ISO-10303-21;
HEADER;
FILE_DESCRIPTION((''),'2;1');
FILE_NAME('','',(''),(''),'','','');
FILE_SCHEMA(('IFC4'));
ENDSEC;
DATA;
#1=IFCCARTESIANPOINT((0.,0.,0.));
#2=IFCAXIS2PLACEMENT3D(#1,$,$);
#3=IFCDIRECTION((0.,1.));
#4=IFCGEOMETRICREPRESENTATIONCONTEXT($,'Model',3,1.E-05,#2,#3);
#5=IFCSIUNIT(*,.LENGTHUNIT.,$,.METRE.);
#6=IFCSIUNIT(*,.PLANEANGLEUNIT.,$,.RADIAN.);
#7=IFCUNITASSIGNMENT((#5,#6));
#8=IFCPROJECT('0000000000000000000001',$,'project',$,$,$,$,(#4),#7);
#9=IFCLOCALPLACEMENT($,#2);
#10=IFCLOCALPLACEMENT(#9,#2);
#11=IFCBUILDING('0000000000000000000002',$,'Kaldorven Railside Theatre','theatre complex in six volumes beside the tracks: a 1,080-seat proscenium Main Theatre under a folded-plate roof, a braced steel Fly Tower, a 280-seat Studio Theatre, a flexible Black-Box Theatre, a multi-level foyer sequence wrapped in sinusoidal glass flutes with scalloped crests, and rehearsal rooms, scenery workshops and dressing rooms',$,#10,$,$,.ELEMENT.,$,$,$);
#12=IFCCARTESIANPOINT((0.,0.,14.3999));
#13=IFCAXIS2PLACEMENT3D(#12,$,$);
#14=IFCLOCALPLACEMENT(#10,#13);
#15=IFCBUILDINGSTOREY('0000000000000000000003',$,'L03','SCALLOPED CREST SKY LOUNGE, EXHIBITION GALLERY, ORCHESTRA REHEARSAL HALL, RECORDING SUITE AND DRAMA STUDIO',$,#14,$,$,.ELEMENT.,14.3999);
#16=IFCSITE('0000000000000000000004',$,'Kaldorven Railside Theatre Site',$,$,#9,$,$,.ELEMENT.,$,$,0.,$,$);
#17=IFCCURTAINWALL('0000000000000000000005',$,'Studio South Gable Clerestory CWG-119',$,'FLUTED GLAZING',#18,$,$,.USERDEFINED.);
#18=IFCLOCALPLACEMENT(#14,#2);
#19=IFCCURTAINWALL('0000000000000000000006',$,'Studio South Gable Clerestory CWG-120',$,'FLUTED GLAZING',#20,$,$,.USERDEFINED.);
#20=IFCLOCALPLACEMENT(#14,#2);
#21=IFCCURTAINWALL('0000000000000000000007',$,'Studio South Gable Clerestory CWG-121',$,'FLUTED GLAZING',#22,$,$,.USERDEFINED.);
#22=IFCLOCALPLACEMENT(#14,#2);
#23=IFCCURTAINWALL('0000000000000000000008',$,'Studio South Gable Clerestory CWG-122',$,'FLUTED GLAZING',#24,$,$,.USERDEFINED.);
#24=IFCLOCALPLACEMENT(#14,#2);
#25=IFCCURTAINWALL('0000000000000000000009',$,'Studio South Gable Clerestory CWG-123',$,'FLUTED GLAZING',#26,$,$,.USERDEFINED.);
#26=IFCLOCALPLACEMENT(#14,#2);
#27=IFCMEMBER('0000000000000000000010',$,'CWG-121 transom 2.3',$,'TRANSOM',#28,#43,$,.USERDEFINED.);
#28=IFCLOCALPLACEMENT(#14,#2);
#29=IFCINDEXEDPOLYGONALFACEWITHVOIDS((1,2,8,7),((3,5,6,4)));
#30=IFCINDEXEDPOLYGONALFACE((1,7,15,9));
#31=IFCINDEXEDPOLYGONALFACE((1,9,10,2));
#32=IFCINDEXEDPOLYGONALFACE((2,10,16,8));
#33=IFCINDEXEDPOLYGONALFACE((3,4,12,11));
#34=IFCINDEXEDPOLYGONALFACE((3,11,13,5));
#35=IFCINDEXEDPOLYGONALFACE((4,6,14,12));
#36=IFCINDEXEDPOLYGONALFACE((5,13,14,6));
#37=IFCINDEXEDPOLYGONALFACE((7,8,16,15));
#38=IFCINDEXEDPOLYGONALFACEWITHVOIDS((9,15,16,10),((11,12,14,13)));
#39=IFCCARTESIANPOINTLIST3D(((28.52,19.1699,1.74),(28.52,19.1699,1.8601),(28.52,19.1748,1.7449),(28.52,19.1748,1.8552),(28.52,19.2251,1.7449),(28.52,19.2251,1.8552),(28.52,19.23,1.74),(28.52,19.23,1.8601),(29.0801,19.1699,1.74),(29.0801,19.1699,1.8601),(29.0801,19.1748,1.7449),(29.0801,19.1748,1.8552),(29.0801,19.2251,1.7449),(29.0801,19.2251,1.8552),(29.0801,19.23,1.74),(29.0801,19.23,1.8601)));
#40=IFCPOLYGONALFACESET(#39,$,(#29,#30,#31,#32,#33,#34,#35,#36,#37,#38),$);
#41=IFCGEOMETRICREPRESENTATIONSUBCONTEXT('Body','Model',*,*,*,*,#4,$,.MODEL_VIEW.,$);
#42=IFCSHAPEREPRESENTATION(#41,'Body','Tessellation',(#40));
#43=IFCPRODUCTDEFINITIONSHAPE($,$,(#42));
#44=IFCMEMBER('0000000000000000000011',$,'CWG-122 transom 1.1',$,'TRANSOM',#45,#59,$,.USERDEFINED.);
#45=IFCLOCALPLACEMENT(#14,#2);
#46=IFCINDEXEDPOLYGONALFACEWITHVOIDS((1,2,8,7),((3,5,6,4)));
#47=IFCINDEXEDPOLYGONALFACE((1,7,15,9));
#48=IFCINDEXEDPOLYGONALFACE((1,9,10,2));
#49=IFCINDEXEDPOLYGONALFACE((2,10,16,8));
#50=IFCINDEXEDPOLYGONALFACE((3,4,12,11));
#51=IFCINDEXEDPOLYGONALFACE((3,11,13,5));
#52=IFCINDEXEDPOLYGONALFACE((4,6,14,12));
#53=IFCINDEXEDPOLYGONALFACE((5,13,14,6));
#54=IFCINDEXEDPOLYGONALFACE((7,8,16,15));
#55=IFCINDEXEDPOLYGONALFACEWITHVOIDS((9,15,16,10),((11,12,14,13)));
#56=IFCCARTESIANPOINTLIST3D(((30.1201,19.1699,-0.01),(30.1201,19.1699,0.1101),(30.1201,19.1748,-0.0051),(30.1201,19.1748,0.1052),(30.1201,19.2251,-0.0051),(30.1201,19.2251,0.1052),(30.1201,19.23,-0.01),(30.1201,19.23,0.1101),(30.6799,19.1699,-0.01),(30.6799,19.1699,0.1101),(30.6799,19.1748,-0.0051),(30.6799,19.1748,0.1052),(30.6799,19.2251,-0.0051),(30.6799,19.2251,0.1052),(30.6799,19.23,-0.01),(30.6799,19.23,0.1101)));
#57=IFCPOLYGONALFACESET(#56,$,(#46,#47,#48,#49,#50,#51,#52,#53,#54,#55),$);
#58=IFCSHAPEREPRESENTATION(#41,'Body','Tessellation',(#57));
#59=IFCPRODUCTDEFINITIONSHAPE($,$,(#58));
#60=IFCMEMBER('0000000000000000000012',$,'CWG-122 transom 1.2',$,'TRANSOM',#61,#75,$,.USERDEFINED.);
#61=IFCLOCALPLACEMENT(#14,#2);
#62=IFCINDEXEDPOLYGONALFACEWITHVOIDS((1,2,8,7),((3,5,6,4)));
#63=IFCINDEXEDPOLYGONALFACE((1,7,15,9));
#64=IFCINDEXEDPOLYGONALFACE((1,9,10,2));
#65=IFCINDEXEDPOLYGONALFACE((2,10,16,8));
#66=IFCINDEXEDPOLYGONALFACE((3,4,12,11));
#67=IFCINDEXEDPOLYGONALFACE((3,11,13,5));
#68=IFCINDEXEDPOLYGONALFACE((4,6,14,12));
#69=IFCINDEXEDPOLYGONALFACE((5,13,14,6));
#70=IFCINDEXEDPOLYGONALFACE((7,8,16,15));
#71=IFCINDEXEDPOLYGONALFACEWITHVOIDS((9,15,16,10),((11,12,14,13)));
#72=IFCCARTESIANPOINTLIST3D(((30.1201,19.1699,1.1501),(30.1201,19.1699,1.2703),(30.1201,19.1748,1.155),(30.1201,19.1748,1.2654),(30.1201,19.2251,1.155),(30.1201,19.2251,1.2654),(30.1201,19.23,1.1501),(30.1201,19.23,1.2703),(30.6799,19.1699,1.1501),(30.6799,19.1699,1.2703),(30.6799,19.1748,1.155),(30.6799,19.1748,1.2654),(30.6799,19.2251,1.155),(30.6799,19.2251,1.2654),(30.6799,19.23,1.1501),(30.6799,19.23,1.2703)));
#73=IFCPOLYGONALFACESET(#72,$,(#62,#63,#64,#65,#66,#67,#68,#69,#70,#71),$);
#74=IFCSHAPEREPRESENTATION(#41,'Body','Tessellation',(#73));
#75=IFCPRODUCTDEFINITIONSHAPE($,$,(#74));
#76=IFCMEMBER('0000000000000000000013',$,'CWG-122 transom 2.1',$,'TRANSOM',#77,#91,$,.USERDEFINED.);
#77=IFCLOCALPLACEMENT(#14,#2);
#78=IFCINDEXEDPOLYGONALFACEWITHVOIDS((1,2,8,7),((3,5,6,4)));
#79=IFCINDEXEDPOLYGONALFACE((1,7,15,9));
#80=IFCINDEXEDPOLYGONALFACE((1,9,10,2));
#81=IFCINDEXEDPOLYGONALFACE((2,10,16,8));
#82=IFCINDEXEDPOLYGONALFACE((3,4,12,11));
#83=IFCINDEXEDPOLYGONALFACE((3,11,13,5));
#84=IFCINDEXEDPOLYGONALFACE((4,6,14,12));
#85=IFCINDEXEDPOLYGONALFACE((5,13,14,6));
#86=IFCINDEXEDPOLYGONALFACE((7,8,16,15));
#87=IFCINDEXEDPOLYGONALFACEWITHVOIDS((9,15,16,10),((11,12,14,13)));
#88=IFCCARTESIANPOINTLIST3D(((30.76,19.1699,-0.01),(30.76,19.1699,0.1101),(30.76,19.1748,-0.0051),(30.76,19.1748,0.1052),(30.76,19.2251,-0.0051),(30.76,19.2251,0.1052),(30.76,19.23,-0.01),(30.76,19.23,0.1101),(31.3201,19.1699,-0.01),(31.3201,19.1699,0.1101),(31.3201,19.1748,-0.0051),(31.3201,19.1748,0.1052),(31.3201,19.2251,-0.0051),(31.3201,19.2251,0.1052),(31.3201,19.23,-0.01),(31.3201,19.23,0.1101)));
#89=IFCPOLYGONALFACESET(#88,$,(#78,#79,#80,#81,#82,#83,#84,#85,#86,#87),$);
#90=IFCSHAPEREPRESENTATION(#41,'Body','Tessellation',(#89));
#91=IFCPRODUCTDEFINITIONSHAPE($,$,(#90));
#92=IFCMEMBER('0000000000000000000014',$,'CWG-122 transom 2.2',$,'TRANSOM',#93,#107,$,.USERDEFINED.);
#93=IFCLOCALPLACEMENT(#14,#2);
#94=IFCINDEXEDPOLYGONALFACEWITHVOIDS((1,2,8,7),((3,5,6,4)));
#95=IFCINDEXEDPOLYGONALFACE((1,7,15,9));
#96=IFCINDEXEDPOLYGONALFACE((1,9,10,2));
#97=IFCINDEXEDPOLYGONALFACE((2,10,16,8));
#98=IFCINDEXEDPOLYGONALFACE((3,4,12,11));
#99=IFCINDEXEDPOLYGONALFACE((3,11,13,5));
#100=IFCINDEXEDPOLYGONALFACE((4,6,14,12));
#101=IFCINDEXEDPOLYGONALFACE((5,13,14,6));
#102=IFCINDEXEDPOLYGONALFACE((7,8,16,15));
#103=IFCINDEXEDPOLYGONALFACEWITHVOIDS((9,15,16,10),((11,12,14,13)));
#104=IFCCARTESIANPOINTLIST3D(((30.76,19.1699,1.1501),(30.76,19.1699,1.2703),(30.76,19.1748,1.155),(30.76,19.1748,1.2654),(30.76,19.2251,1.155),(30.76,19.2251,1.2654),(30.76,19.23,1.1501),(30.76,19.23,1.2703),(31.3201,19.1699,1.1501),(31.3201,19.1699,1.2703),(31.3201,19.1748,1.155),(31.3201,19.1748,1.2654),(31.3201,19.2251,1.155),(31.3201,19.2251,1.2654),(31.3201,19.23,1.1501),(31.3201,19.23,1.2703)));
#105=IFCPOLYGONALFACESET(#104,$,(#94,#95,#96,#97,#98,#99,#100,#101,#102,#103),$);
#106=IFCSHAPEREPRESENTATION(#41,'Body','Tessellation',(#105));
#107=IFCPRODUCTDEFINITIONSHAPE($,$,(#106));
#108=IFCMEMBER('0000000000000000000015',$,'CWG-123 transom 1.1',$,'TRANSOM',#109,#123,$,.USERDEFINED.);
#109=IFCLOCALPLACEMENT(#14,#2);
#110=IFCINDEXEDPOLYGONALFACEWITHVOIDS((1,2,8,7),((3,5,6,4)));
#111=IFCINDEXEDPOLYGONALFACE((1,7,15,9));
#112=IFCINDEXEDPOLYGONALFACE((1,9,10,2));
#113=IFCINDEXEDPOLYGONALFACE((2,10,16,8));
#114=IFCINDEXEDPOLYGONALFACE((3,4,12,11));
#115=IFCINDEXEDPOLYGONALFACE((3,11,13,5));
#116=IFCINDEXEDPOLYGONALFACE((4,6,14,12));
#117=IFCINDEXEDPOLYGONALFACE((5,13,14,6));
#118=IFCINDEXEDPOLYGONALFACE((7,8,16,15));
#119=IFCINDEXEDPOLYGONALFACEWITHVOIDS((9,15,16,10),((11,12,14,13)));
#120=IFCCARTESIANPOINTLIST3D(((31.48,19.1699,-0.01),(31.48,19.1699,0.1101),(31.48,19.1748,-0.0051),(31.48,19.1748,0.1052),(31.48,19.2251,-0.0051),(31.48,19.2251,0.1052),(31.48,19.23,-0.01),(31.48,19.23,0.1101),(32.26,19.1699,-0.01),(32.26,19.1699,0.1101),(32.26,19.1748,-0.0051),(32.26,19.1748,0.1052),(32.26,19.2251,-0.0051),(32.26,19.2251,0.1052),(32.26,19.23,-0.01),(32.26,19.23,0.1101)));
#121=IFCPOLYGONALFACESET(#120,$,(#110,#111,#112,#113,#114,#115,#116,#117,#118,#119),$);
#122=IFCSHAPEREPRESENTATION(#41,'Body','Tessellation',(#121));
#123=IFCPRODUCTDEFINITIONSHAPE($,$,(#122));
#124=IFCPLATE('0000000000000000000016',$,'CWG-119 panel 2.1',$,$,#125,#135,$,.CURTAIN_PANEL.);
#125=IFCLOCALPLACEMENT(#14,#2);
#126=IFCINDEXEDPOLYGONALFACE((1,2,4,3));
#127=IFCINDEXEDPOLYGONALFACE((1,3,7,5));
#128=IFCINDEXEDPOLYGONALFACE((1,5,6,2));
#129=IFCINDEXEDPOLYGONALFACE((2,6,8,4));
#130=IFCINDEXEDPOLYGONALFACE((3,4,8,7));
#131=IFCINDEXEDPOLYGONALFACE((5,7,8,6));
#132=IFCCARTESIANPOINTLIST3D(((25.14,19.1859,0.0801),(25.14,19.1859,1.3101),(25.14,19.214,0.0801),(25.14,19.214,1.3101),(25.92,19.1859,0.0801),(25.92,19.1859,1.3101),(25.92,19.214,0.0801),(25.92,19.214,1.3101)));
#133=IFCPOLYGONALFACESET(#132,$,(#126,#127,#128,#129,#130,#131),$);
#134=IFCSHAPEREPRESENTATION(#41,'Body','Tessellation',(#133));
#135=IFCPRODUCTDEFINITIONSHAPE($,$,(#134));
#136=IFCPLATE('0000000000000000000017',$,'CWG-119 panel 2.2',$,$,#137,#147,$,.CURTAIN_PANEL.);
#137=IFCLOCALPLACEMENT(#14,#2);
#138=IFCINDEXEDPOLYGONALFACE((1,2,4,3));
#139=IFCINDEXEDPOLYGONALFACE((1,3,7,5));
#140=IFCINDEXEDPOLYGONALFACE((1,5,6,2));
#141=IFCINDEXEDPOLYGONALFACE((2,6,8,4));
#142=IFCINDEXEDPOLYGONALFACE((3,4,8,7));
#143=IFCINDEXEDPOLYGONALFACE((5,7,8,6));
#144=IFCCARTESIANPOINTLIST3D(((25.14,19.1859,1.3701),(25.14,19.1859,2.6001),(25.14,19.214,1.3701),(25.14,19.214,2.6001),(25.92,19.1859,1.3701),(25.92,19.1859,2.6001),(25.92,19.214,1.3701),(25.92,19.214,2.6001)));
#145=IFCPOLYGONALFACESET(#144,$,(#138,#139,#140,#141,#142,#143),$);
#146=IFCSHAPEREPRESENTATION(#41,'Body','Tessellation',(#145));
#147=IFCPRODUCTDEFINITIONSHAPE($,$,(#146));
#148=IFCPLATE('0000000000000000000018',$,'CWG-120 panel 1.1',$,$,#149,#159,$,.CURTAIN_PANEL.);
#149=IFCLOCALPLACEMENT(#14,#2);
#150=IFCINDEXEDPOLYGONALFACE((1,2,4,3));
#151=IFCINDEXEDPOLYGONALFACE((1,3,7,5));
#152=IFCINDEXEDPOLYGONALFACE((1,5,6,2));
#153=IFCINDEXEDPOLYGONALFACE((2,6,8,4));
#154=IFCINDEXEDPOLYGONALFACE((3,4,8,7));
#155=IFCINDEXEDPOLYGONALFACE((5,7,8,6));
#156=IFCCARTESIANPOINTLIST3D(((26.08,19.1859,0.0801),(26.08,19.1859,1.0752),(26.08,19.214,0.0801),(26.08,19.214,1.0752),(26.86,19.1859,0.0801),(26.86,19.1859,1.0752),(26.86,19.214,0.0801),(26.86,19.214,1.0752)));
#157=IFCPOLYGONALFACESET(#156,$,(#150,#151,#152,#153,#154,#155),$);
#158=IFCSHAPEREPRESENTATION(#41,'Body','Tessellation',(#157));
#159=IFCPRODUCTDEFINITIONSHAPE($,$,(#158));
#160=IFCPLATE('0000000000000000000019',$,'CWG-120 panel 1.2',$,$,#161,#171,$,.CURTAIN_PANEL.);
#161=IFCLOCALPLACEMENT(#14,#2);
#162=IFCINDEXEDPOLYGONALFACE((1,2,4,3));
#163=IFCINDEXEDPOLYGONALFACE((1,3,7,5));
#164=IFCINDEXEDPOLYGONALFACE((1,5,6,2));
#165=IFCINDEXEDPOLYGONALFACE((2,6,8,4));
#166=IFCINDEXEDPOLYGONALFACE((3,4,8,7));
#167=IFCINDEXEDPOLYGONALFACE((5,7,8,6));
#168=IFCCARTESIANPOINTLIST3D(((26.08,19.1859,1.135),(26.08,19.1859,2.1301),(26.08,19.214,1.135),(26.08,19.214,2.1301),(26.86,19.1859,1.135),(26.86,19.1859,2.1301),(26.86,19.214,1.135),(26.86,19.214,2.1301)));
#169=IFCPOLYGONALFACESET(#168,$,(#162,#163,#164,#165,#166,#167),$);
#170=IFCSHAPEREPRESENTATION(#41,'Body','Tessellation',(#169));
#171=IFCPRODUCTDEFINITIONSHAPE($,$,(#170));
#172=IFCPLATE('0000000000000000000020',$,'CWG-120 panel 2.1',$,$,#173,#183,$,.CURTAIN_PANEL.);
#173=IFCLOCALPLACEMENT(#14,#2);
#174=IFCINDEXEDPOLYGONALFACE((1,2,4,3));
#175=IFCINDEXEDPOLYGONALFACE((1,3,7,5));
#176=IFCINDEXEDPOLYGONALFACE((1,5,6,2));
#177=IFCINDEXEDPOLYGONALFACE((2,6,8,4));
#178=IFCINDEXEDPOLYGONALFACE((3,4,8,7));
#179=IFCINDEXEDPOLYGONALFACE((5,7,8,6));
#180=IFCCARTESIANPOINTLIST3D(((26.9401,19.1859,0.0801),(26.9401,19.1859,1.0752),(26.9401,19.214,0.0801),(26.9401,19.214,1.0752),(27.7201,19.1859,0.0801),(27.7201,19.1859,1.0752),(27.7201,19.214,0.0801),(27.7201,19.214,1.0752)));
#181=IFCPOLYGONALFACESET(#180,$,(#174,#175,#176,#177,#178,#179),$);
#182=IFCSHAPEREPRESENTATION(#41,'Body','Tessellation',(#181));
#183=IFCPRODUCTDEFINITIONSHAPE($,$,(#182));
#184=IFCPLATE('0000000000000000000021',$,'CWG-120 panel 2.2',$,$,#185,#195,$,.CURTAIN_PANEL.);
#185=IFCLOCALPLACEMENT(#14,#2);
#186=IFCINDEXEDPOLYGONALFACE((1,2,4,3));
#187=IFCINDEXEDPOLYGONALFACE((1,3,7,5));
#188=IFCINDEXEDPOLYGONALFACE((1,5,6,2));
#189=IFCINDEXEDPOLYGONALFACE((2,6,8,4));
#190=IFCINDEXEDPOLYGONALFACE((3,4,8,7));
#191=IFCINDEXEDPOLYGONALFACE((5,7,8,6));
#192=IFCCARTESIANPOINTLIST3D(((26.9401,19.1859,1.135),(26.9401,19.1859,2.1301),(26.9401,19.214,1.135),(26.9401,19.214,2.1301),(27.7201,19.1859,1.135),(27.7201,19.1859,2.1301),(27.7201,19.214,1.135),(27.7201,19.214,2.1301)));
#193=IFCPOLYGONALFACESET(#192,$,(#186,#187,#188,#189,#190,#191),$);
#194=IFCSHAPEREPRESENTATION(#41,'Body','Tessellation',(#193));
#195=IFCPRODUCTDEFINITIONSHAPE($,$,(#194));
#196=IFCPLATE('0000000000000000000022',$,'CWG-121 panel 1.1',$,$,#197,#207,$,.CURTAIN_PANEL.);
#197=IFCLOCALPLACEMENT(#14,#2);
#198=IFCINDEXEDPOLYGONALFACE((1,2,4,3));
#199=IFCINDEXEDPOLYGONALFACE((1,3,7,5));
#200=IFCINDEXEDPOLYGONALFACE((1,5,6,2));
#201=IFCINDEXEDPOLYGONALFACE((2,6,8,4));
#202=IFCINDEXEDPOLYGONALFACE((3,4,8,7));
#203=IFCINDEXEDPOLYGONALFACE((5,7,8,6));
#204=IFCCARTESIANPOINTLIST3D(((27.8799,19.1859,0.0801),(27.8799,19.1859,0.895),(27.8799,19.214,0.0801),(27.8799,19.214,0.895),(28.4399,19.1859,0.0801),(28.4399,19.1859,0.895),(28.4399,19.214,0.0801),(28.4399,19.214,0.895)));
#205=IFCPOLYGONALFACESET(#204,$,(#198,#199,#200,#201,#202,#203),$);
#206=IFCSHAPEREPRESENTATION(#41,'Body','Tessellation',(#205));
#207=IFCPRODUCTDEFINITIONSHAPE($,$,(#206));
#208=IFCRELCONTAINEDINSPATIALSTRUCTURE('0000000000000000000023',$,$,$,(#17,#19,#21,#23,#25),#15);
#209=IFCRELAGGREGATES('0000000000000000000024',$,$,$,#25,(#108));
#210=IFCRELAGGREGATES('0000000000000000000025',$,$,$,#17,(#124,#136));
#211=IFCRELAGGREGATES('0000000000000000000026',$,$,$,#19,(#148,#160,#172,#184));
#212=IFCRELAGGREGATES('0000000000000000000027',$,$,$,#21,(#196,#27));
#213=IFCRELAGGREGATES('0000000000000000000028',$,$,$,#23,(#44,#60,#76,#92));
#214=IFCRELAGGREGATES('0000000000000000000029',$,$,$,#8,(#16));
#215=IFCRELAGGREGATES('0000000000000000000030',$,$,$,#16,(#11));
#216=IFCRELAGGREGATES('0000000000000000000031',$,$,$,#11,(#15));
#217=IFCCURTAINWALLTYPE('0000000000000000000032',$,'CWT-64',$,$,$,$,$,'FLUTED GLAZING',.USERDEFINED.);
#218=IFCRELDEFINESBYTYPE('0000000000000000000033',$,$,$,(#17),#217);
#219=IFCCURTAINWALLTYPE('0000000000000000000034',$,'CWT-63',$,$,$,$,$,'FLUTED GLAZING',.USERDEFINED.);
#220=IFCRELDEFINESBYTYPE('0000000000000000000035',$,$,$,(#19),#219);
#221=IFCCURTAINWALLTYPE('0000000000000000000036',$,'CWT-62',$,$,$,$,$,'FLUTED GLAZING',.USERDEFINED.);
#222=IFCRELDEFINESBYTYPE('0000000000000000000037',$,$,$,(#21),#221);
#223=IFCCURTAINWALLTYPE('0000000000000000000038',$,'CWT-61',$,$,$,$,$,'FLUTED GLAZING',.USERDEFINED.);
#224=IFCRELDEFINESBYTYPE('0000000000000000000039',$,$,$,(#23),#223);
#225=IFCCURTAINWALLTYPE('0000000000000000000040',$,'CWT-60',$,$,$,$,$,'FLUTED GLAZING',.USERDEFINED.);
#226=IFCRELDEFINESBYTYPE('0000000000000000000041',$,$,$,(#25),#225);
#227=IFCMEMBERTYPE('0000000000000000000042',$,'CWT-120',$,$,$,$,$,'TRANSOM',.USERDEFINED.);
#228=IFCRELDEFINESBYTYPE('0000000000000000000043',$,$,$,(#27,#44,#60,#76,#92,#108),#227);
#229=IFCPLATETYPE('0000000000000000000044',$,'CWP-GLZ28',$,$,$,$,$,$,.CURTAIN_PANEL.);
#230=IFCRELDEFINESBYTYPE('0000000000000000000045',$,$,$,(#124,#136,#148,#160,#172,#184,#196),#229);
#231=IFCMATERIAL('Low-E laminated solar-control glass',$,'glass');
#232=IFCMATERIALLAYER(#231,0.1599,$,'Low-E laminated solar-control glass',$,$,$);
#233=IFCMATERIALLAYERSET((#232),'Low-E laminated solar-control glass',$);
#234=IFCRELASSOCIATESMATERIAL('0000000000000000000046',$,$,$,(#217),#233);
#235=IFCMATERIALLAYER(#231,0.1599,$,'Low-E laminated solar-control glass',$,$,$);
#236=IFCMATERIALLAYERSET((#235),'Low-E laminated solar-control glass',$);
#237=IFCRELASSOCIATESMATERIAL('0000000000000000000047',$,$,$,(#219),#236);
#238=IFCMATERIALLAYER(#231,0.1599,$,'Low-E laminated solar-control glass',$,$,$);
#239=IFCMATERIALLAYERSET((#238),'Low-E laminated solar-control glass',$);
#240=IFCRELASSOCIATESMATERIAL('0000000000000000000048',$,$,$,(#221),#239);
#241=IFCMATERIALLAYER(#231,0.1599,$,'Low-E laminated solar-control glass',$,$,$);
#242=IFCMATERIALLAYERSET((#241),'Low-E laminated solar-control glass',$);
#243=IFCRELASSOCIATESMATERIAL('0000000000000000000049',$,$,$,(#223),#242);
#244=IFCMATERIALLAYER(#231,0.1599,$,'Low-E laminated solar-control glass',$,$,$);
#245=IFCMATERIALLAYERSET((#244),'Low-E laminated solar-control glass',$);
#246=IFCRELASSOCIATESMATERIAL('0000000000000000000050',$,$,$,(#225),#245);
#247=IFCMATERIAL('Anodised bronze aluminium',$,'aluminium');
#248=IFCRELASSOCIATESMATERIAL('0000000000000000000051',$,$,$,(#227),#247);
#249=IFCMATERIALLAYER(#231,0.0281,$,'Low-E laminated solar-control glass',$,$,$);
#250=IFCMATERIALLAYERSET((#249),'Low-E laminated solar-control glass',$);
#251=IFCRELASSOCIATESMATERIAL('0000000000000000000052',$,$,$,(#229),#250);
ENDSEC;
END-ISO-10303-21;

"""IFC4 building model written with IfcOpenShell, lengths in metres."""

from ifc_helpers import new_model, si_unit, direction, frame, origin, origin_2d, place, context, subcontext, project, spatial, rectangle, hollow_rectangle, extrude, material, layer, layer_set, material_profile, profile_set, type_object, element, aggregate, save


model = new_model("IFC4")

# Units and contexts
model_context = context("Model", 3, precision=1e-05, world=origin(), true_north=direction((0.0, 1.0)))
body_context = subcontext(model_context, "Body", "Model", "MODEL_VIEW")
ifc_project = project(units=[si_unit("LENGTHUNIT", "METRE"), si_unit("PLANEANGLEUNIT", "RADIAN")], contexts=[model_context])

# Site, building, storey
site_placement = place(None, origin())
site = spatial("IfcSite", under=ifc_project, at=site_placement, Name="Kaldorven Railside Theatre Site", CompositionType="ELEMENT", RefElevation=0.0)
building_placement = place(site_placement, origin())
building = spatial("IfcBuilding", under=site, at=building_placement, Name="Kaldorven Railside Theatre", Description="theatre complex in six volumes beside the tracks: a 1,080-seat proscenium Main Theatre under a folded-plate roof, a braced steel Fly Tower, a 280-seat Studio Theatre, a flexible Black-Box Theatre, a multi-level foyer sequence wrapped in sinusoidal glass flutes with scalloped crests, and rehearsal rooms, scenery workshops and dressing rooms", CompositionType="ELEMENT")
storey_placement = place(building_placement, frame((0.0, 0.0, 14.3999)))
storey = spatial("IfcBuildingStorey", under=building, at=storey_placement, Name="L03", Description="SCALLOPED CREST SKY LOUNGE, EXHIBITION GALLERY, ORCHESTRA REHEARSAL HALL, RECORDING SUITE AND DRAMA STUDIO", CompositionType="ELEMENT", Elevation=14.3999)

# Curtain wall
ifc_material_1 = material(Name="Low-E laminated solar-control glass", Category="glass")
ifc_layer_1 = layer(ifc_material_1, 0.1599, Name="Low-E laminated solar-control glass")
ifc_layer_set_1 = layer_set([ifc_layer_1], Name="Low-E laminated solar-control glass")
curtain_wall_type_1 = type_object("IfcCurtainWallType", Name="CWT-64", ElementType="FLUTED GLAZING", PredefinedType="USERDEFINED", material=ifc_layer_set_1)
curtain_wall_1_placement = place(storey_placement, origin())
curtain_wall_1 = element("IfcCurtainWall", 1, at=curtain_wall_1_placement, inside=storey, type_object=curtain_wall_type_1, Name="Studio South Gable Clerestory CWG-119", ObjectType="FLUTED GLAZING", PredefinedType="USERDEFINED")
ifc_material_2 = material(Name="Anodised bronze aluminium", Category="aluminium")

# Curtain walls
ifc_layer_2 = layer(ifc_material_1, 0.1599, Name="Low-E laminated solar-control glass")
ifc_layer_set_2 = layer_set([ifc_layer_2], Name="Low-E laminated solar-control glass")
curtain_wall_type_2 = type_object("IfcCurtainWallType", Name="CWT-63", ElementType="FLUTED GLAZING", PredefinedType="USERDEFINED", material=ifc_layer_set_2)
curtain_wall_2_placement = place(storey_placement, origin())
curtain_wall_2 = element("IfcCurtainWall", 2, at=curtain_wall_2_placement, inside=storey, type_object=curtain_wall_type_2, Name="Studio South Gable Clerestory CWG-120", ObjectType="FLUTED GLAZING", PredefinedType="USERDEFINED")
ifc_layer_3 = layer(ifc_material_1, 0.1599, Name="Low-E laminated solar-control glass")
ifc_layer_set_3 = layer_set([ifc_layer_3], Name="Low-E laminated solar-control glass")
curtain_wall_type_3 = type_object("IfcCurtainWallType", Name="CWT-62", ElementType="FLUTED GLAZING", PredefinedType="USERDEFINED", material=ifc_layer_set_3)
curtain_wall_3_placement = place(storey_placement, origin())
curtain_wall_3 = element("IfcCurtainWall", 3, at=curtain_wall_3_placement, inside=storey, type_object=curtain_wall_type_3, Name="Studio South Gable Clerestory CWG-121", ObjectType="FLUTED GLAZING", PredefinedType="USERDEFINED")
ifc_layer_4 = layer(ifc_material_1, 0.1599, Name="Low-E laminated solar-control glass")
ifc_layer_set_4 = layer_set([ifc_layer_4], Name="Low-E laminated solar-control glass")
curtain_wall_type_4 = type_object("IfcCurtainWallType", Name="CWT-61", ElementType="FLUTED GLAZING", PredefinedType="USERDEFINED", material=ifc_layer_set_4)
curtain_wall_4_placement = place(storey_placement, origin())
curtain_wall_4 = element("IfcCurtainWall", 4, at=curtain_wall_4_placement, inside=storey, type_object=curtain_wall_type_4, Name="Studio South Gable Clerestory CWG-122", ObjectType="FLUTED GLAZING", PredefinedType="USERDEFINED")

# Curtain wall
ifc_layer_5 = layer(ifc_material_1, 0.1599, Name="Low-E laminated solar-control glass")
ifc_layer_set_5 = layer_set([ifc_layer_5], Name="Low-E laminated solar-control glass")
curtain_wall_type_5 = type_object("IfcCurtainWallType", Name="CWT-60", ElementType="FLUTED GLAZING", PredefinedType="USERDEFINED", material=ifc_layer_set_5)
curtain_wall_5_placement = place(storey_placement, origin())
curtain_wall_5 = element("IfcCurtainWall", 5, at=curtain_wall_5_placement, inside=storey, type_object=curtain_wall_type_5, Name="Studio South Gable Clerestory CWG-123", ObjectType="FLUTED GLAZING", PredefinedType="USERDEFINED")

# Members
ifc_material_profile_1 = material_profile(ifc_material_2, hollow_rectangle(XDim=0.0601, YDim=0.1201, WallThickness=0.0049, at=origin_2d()), Name="RHS 120x60x5")
ifc_profile_set_1 = profile_set([ifc_material_profile_1], Name="Anodised bronze aluminium")
member_type_1 = type_object("IfcMemberType", Name="CWT-120", ElementType="TRANSOM", PredefinedType="USERDEFINED", material=ifc_profile_set_1)
member_1_placement = place(storey_placement, frame((28.52, 19.2, 1.8), z_axis=(1.0, 0.0, 0.0), x_axis=(0.0, 1.0, 0.0)))
member_1 = element("IfcMember", 6, at=member_1_placement, type_object=member_type_1, Name="CWG-121 transom 2.3", ObjectType="TRANSOM", PredefinedType="USERDEFINED", context=body_context, shape_type="SweptSolid", body=[
    extrude(hollow_rectangle(XDim=0.0601, YDim=0.1201, WallThickness=0.0049, at=origin_2d()), origin(), (0.0, 0.0, 1.0), 0.5601),
])
member_2_placement = place(storey_placement, frame((30.1201, 19.2, 0.05), z_axis=(1.0, 0.0, 0.0), x_axis=(0.0, 1.0, 0.0)))
member_2 = element("IfcMember", 7, at=member_2_placement, type_object=member_type_1, Name="CWG-122 transom 1.1", ObjectType="TRANSOM", PredefinedType="USERDEFINED", context=body_context, shape_type="SweptSolid", body=[
    extrude(hollow_rectangle(XDim=0.0601, YDim=0.1201, WallThickness=0.0049, at=origin_2d()), origin(), (0.0, 0.0, 1.0), 0.5598),
])
member_3_placement = place(storey_placement, frame((30.1201, 19.2, 1.2102), z_axis=(1.0, 0.0, 0.0), x_axis=(0.0, 1.0, 0.0)))
member_3 = element("IfcMember", 8, at=member_3_placement, type_object=member_type_1, Name="CWG-122 transom 1.2", ObjectType="TRANSOM", PredefinedType="USERDEFINED", context=body_context, shape_type="SweptSolid", body=[
    extrude(hollow_rectangle(XDim=0.0601, YDim=0.1201, WallThickness=0.0049, at=origin_2d()), origin(), (0.0, 0.0, 1.0), 0.5598),
])
member_4_placement = place(storey_placement, frame((30.76, 19.2, 0.05), z_axis=(1.0, 0.0, 0.0), x_axis=(0.0, 1.0, 0.0)))
member_4 = element("IfcMember", 9, at=member_4_placement, type_object=member_type_1, Name="CWG-122 transom 2.1", ObjectType="TRANSOM", PredefinedType="USERDEFINED", context=body_context, shape_type="SweptSolid", body=[
    extrude(hollow_rectangle(XDim=0.0601, YDim=0.1201, WallThickness=0.0049, at=origin_2d()), origin(), (0.0, 0.0, 1.0), 0.5601),
])
member_5_placement = place(storey_placement, frame((30.76, 19.2, 1.2102), z_axis=(1.0, 0.0, 0.0), x_axis=(0.0, 1.0, 0.0)))
member_5 = element("IfcMember", 10, at=member_5_placement, type_object=member_type_1, Name="CWG-122 transom 2.2", ObjectType="TRANSOM", PredefinedType="USERDEFINED", context=body_context, shape_type="SweptSolid", body=[
    extrude(hollow_rectangle(XDim=0.0601, YDim=0.1201, WallThickness=0.0049, at=origin_2d()), origin(), (0.0, 0.0, 1.0), 0.5601),
])
member_6_placement = place(storey_placement, frame((31.48, 19.2, 0.05), z_axis=(1.0, 0.0, 0.0), x_axis=(0.0, 1.0, 0.0)))
member_6 = element("IfcMember", 11, at=member_6_placement, type_object=member_type_1, Name="CWG-123 transom 1.1", ObjectType="TRANSOM", PredefinedType="USERDEFINED", context=body_context, shape_type="SweptSolid", body=[
    extrude(hollow_rectangle(XDim=0.0601, YDim=0.1201, WallThickness=0.0049, at=origin_2d()), origin(), (0.0, 0.0, 1.0), 0.78),
])
aggregate(curtain_wall_5, [member_6])

# Plates
ifc_layer_6 = layer(ifc_material_1, 0.0281, Name="Low-E laminated solar-control glass")
ifc_layer_set_6 = layer_set([ifc_layer_6], Name="Low-E laminated solar-control glass")
plate_type = type_object("IfcPlateType", Name="CWP-GLZ28", PredefinedType="CURTAIN_PANEL", material=ifc_layer_set_6)
plate_1_placement = place(storey_placement, frame((25.53, 19.2, 0.0801), z_axis=(0.0, 0.0, 1.0), x_axis=(1.0, 0.0, 0.0)))
plate_1 = element("IfcPlate", 12, at=plate_1_placement, type_object=plate_type, Name="CWG-119 panel 2.1", PredefinedType="CURTAIN_PANEL", context=body_context, shape_type="SweptSolid", body=[
    extrude(rectangle(XDim=0.78, YDim=0.0281, at=origin_2d()), origin(), (0.0, 0.0, 1.0), 1.23),
])
plate_2_placement = place(storey_placement, frame((25.53, 19.2, 1.3701), z_axis=(0.0, 0.0, 1.0), x_axis=(1.0, 0.0, 0.0)))
plate_2 = element("IfcPlate", 13, at=plate_2_placement, type_object=plate_type, Name="CWG-119 panel 2.2", PredefinedType="CURTAIN_PANEL", context=body_context, shape_type="SweptSolid", body=[
    extrude(rectangle(XDim=0.78, YDim=0.0281, at=origin_2d()), origin(), (0.0, 0.0, 1.0), 1.23),
])
aggregate(curtain_wall_1, [plate_1, plate_2])
plate_3_placement = place(storey_placement, frame((26.47, 19.2, 0.0801), z_axis=(0.0, 0.0, 1.0), x_axis=(1.0, 0.0, 0.0)))
plate_3 = element("IfcPlate", 14, at=plate_3_placement, type_object=plate_type, Name="CWG-120 panel 1.1", PredefinedType="CURTAIN_PANEL", context=body_context, shape_type="SweptSolid", body=[
    extrude(rectangle(XDim=0.78, YDim=0.0281, at=origin_2d()), origin(), (0.0, 0.0, 1.0), 0.9951),
])
plate_4_placement = place(storey_placement, frame((26.47, 19.2, 1.135), z_axis=(0.0, 0.0, 1.0), x_axis=(1.0, 0.0, 0.0)))
plate_4 = element("IfcPlate", 15, at=plate_4_placement, type_object=plate_type, Name="CWG-120 panel 1.2", PredefinedType="CURTAIN_PANEL", context=body_context, shape_type="SweptSolid", body=[
    extrude(rectangle(XDim=0.78, YDim=0.0281, at=origin_2d()), origin(), (0.0, 0.0, 1.0), 0.9951),
])
plate_5_placement = place(storey_placement, frame((27.3301, 19.2, 0.0801), z_axis=(0.0, 0.0, 1.0), x_axis=(1.0, 0.0, 0.0)))
plate_5 = element("IfcPlate", 16, at=plate_5_placement, type_object=plate_type, Name="CWG-120 panel 2.1", PredefinedType="CURTAIN_PANEL", context=body_context, shape_type="SweptSolid", body=[
    extrude(rectangle(XDim=0.78, YDim=0.0281, at=origin_2d()), origin(), (0.0, 0.0, 1.0), 0.9951),
])
plate_6_placement = place(storey_placement, frame((27.3301, 19.2, 1.135), z_axis=(0.0, 0.0, 1.0), x_axis=(1.0, 0.0, 0.0)))
plate_6 = element("IfcPlate", 17, at=plate_6_placement, type_object=plate_type, Name="CWG-120 panel 2.2", PredefinedType="CURTAIN_PANEL", context=body_context, shape_type="SweptSolid", body=[
    extrude(rectangle(XDim=0.78, YDim=0.0281, at=origin_2d()), origin(), (0.0, 0.0, 1.0), 0.9951),
])
aggregate(curtain_wall_2, [plate_3, plate_4, plate_5, plate_6])
plate_7_placement = place(storey_placement, frame((28.1599, 19.2, 0.0801), z_axis=(0.0, 0.0, 1.0), x_axis=(1.0, 0.0, 0.0)))
plate_7 = element("IfcPlate", 18, at=plate_7_placement, type_object=plate_type, Name="CWG-121 panel 1.1", PredefinedType="CURTAIN_PANEL", context=body_context, shape_type="SweptSolid", body=[
    extrude(rectangle(XDim=0.5601, YDim=0.0281, at=origin_2d()), origin(), (0.0, 0.0, 1.0), 0.8149),
])
aggregate(curtain_wall_3, [plate_7, member_1])
aggregate(curtain_wall_4, [member_2, member_3, member_4, member_5])

save(model, "model.ifc")
